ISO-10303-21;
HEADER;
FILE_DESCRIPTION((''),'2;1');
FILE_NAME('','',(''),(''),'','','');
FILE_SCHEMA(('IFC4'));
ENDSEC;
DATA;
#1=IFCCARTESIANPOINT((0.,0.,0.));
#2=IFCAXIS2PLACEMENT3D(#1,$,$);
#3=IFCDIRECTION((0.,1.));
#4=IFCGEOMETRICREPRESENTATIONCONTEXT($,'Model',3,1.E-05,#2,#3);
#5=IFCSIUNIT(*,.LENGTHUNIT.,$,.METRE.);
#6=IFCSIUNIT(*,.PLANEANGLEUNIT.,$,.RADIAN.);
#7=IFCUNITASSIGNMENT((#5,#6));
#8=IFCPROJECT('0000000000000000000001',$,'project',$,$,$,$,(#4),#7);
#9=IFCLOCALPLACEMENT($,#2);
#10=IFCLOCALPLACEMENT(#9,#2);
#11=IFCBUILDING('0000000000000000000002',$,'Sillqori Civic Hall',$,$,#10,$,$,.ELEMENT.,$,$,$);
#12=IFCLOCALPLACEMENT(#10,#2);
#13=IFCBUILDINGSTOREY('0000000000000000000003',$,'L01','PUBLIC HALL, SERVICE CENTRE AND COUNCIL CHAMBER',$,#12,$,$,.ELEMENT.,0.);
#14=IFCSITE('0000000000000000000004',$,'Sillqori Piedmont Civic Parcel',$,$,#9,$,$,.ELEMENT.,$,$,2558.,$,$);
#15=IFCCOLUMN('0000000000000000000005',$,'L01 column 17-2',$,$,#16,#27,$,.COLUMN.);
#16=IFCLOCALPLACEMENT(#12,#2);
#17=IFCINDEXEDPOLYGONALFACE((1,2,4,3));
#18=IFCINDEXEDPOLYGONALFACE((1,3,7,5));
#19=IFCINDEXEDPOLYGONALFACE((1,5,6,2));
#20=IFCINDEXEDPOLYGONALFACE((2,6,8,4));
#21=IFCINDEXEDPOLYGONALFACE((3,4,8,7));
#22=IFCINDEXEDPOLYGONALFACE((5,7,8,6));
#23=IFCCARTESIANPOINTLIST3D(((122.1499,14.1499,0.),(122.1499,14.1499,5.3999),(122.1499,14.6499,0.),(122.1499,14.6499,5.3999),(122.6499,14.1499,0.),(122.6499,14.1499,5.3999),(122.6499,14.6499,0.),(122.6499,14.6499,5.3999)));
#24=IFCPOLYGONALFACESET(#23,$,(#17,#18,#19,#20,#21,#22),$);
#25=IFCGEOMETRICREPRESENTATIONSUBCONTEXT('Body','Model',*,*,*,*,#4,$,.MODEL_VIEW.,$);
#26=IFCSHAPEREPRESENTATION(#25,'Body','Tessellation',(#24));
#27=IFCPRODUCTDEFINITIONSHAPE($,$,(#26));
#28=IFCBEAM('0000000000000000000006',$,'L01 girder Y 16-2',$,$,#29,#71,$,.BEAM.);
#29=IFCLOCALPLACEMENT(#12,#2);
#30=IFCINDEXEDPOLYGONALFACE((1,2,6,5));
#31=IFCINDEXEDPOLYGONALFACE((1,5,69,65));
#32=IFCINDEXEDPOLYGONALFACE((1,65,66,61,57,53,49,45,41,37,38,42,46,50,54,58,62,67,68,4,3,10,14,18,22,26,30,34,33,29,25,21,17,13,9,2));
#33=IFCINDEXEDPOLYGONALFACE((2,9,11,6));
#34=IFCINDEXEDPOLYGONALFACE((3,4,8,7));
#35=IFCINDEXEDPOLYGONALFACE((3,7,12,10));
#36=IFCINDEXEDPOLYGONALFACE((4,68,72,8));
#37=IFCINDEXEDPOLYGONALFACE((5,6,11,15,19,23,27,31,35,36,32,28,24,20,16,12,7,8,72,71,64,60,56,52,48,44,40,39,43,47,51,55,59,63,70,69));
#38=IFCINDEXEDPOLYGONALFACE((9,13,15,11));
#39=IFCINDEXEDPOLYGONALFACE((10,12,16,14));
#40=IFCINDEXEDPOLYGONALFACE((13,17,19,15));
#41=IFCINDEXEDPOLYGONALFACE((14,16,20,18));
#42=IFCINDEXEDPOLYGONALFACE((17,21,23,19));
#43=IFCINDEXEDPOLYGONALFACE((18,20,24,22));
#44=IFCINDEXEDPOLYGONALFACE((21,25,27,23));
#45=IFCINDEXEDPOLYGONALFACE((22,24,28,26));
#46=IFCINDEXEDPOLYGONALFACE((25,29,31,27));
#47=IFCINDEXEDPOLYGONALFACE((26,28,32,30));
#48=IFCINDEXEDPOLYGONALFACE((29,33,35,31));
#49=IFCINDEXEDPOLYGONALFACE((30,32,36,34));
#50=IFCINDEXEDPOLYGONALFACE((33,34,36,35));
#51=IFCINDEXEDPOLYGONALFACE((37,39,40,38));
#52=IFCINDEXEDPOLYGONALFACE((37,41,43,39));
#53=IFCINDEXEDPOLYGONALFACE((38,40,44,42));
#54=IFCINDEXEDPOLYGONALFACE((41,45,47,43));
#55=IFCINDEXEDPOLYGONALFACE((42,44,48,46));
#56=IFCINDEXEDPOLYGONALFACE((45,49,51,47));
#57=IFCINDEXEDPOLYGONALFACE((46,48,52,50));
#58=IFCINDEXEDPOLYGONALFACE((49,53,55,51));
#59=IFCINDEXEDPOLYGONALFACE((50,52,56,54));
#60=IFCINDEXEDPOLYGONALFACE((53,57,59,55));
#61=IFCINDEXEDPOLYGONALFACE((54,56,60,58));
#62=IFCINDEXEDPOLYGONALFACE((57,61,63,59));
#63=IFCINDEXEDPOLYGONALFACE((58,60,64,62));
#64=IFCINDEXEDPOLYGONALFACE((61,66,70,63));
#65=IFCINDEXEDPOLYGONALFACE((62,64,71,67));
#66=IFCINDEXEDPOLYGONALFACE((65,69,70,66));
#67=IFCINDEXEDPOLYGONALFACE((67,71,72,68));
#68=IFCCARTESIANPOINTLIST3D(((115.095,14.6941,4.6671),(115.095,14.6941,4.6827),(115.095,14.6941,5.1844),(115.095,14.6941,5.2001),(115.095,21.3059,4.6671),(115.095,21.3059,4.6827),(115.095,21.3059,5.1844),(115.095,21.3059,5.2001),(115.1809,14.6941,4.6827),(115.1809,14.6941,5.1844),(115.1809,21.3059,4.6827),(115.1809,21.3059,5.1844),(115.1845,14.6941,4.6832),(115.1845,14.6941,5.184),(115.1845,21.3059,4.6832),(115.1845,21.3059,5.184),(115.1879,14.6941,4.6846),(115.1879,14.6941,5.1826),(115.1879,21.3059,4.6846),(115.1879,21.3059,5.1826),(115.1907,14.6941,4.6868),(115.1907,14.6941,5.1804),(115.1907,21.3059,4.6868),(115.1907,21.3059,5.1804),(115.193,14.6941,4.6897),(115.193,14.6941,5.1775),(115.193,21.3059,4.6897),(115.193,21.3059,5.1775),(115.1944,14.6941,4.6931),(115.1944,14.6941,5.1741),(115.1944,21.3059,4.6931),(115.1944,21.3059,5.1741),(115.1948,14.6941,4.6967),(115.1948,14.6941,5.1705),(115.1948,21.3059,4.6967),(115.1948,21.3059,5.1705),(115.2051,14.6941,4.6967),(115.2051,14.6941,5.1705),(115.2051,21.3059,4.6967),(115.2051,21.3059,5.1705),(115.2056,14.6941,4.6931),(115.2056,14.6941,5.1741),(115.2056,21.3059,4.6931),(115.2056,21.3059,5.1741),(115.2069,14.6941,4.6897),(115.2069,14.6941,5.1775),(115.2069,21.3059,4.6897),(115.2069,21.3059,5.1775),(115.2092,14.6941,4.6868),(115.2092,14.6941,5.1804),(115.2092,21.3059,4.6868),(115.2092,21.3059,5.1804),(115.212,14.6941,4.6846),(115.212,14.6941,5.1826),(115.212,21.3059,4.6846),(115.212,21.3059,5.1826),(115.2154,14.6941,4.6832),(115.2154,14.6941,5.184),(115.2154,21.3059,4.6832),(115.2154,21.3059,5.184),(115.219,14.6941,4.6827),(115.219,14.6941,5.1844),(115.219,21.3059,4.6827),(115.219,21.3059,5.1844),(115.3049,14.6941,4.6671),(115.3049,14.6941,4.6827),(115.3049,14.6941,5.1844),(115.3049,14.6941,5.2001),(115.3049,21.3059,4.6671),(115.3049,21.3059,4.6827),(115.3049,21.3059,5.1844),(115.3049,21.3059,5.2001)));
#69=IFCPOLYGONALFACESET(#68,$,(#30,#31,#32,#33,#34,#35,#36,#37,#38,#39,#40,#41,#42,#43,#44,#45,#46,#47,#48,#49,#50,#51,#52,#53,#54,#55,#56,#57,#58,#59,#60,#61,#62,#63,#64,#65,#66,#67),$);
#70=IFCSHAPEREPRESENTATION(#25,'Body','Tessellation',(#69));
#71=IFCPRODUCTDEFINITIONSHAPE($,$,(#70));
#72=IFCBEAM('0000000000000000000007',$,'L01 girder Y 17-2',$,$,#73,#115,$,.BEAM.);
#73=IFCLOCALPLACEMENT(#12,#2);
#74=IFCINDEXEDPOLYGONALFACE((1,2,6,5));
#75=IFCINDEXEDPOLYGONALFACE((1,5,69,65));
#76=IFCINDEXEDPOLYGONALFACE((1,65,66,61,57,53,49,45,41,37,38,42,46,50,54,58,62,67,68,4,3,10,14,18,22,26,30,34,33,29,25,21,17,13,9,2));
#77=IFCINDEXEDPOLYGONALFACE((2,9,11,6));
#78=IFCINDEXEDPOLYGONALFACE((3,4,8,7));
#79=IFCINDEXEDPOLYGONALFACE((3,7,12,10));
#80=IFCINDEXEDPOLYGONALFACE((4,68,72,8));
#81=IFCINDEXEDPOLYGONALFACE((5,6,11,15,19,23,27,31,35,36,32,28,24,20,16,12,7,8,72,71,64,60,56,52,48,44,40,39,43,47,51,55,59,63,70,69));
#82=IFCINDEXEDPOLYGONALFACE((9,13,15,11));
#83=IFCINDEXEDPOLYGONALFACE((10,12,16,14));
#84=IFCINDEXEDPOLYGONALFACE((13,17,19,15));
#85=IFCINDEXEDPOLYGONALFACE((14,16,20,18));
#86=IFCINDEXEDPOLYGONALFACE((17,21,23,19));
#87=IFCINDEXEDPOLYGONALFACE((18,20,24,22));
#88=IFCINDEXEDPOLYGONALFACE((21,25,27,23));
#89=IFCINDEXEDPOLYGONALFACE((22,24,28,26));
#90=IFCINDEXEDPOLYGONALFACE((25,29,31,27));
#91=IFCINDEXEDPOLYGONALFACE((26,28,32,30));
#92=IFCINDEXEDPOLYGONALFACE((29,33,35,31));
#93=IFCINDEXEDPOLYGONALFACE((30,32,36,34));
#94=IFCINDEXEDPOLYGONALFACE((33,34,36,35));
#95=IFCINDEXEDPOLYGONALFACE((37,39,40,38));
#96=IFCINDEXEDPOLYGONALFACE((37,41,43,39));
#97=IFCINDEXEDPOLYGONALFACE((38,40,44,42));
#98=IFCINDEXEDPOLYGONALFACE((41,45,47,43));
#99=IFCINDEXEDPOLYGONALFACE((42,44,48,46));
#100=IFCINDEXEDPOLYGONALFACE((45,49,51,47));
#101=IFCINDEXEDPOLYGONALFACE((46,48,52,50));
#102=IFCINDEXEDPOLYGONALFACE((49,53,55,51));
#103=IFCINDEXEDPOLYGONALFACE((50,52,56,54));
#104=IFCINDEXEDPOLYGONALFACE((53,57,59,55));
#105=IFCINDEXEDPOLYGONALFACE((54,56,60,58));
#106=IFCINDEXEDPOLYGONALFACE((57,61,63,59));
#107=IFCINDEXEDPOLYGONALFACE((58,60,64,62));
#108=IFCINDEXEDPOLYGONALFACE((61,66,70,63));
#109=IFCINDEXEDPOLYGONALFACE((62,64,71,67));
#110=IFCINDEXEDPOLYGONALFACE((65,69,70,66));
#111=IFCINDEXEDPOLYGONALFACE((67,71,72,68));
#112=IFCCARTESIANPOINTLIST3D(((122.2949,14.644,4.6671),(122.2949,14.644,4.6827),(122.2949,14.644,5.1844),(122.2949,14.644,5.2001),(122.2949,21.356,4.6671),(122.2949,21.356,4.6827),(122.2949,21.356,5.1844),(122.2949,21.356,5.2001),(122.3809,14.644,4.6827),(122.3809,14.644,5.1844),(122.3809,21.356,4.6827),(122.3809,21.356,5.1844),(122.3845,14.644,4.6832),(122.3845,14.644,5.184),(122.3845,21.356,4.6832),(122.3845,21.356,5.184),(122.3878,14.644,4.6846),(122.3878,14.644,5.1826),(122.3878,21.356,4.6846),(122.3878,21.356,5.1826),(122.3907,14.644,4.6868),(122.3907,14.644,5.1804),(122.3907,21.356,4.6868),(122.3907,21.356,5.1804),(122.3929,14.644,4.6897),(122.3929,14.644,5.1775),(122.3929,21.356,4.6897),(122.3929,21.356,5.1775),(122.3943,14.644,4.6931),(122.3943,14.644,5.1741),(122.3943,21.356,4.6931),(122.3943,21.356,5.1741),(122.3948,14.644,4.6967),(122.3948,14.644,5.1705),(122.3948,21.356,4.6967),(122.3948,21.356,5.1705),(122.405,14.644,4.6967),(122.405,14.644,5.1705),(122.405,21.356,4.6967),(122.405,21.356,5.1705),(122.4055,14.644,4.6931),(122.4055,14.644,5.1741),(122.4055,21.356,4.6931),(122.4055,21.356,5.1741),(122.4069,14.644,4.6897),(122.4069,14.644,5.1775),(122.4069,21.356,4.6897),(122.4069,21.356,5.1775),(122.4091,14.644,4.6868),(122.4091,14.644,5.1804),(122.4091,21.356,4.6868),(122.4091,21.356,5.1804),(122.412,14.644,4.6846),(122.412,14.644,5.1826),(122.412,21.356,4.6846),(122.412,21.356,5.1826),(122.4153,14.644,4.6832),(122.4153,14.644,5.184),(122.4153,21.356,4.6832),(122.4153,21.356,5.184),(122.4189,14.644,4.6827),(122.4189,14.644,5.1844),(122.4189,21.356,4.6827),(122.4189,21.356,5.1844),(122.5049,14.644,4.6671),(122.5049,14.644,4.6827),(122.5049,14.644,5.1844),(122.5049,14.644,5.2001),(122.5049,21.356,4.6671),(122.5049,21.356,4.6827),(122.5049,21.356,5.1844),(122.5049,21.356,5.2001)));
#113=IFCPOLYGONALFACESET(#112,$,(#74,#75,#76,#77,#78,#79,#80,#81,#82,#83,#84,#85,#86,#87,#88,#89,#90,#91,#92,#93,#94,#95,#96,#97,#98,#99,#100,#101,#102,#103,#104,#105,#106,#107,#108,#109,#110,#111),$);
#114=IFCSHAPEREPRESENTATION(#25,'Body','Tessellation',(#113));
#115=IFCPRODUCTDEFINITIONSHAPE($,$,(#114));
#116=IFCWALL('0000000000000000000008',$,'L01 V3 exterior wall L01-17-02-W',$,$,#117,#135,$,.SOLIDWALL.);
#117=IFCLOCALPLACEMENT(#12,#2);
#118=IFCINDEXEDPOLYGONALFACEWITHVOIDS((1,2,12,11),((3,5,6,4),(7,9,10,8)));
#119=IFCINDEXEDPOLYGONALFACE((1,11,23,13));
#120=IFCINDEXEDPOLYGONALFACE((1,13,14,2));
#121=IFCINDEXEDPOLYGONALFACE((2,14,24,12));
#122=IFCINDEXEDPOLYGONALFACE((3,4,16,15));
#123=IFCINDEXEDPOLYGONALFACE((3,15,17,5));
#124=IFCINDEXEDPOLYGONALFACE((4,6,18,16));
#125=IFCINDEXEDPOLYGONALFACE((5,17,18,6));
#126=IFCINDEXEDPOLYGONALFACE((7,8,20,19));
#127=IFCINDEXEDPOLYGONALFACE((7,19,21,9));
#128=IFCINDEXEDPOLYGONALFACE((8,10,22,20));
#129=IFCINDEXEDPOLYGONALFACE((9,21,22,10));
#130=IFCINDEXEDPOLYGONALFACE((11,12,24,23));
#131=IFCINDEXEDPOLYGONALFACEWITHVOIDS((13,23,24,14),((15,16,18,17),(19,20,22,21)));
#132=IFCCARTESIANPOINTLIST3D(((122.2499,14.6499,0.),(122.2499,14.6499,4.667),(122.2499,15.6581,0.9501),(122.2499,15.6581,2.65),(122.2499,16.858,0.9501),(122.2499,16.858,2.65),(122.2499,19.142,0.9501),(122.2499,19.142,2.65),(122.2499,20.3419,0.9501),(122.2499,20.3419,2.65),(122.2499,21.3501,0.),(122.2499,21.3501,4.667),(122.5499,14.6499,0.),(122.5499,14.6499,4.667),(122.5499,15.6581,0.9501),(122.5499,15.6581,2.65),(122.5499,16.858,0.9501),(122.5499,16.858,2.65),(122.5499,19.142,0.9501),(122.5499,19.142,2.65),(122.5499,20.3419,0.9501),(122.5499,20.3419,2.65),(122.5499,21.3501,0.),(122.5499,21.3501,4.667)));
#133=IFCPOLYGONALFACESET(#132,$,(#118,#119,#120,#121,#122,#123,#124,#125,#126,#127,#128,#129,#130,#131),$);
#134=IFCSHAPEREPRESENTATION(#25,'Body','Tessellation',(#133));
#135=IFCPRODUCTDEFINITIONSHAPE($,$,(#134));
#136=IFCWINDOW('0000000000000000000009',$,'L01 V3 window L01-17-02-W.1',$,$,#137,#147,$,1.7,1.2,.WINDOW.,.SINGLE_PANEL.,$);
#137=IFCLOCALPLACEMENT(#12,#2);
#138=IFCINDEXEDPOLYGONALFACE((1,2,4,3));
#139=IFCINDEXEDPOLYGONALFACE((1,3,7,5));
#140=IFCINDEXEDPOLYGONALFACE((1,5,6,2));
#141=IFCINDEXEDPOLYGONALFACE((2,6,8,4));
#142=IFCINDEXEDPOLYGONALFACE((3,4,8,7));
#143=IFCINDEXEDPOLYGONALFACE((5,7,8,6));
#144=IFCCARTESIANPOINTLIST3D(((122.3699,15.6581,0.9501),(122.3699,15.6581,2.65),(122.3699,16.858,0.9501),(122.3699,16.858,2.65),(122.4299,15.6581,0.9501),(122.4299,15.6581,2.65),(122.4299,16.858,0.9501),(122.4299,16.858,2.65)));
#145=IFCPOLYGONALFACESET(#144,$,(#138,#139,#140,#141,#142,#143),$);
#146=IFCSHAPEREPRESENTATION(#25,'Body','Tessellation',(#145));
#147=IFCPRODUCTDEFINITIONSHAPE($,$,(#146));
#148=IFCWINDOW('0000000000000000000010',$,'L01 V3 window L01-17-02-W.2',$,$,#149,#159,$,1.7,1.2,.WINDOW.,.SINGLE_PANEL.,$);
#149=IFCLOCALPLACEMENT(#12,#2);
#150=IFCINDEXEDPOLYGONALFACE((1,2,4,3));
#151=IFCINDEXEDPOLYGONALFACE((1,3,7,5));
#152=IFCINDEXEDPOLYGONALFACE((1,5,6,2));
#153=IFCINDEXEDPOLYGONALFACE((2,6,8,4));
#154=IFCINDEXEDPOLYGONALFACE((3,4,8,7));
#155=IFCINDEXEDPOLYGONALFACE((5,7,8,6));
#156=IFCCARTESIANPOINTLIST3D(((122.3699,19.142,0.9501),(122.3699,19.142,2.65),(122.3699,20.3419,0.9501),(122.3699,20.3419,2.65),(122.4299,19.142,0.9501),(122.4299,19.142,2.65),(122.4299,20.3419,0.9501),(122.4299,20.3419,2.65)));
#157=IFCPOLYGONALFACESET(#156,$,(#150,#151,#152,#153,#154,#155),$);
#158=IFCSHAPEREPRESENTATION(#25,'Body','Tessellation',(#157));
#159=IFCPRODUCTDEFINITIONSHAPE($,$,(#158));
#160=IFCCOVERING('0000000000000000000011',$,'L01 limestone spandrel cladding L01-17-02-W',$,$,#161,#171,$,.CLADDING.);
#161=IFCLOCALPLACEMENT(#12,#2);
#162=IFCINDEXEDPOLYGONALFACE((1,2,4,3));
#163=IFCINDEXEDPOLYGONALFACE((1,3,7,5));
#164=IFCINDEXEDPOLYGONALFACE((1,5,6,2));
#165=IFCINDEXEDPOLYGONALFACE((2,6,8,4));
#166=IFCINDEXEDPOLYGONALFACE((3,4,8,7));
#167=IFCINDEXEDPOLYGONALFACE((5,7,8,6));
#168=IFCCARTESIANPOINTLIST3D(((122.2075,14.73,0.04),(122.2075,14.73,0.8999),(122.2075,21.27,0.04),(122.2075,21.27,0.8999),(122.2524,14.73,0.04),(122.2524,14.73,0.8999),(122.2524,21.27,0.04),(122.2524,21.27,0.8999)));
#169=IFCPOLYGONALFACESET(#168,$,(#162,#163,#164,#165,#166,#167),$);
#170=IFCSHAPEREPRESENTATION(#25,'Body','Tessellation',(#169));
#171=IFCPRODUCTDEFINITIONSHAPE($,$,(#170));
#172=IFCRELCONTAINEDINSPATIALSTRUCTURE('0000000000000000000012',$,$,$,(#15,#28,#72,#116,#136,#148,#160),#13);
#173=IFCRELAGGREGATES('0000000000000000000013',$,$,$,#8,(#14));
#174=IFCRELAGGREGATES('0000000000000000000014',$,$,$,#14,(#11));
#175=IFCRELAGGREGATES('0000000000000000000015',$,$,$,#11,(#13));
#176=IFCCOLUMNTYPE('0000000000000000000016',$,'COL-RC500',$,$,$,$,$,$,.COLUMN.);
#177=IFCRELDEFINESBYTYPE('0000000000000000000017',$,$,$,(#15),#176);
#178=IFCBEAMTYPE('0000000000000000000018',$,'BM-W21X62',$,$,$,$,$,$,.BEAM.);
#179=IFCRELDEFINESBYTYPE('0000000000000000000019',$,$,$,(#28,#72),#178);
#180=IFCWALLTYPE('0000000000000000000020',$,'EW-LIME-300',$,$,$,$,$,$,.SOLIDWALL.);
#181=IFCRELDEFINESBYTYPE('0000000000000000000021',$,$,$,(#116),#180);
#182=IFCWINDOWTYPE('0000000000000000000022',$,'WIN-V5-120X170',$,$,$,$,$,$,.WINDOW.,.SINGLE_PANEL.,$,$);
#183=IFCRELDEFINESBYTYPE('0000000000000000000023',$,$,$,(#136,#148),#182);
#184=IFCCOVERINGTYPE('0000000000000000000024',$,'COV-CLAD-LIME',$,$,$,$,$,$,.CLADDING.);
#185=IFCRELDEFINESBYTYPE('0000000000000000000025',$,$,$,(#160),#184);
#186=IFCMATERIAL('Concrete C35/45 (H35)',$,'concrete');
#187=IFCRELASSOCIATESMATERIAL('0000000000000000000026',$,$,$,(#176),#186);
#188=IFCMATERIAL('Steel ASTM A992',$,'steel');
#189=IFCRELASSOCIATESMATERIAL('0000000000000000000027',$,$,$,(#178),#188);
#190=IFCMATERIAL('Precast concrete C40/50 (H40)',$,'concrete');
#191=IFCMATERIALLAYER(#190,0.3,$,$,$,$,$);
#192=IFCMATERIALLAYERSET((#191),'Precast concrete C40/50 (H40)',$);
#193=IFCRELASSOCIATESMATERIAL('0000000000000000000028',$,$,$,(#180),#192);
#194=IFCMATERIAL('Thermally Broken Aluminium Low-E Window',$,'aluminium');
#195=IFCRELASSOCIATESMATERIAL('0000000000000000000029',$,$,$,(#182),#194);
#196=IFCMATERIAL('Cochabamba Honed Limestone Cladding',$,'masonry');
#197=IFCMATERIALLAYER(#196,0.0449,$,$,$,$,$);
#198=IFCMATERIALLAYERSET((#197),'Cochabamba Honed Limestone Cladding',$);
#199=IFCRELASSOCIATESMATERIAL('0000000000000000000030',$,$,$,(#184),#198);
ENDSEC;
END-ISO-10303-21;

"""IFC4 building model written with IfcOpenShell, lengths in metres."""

from ifc_helpers import new_model, si_unit, direction, frame, frame_2d, origin, origin_2d, place, context, subcontext, project, spatial, rectangle, i_section, extrude, material, layer, layer_set, material_profile, profile_set, type_object, element, fill, save


model = new_model("IFC4")

# Units and contexts
model_context = context("Model", 3, precision=1e-05, world=origin(), true_north=direction((0.0, 1.0)))
body_context = subcontext(model_context, "Body", "Model", "MODEL_VIEW")
ifc_project = project(units=[si_unit("LENGTHUNIT", "METRE"), si_unit("PLANEANGLEUNIT", "RADIAN")], contexts=[model_context])

# Site, building, storey
site_placement = place(None, origin())
site = spatial("IfcSite", under=ifc_project, at=site_placement, Name="Sillqori Piedmont Civic Parcel", CompositionType="ELEMENT", RefElevation=2558.0)
building_placement = place(site_placement, origin())
building = spatial("IfcBuilding", under=site, at=building_placement, Name="Sillqori Civic Hall", CompositionType="ELEMENT")
storey_placement = place(building_placement, origin())
storey = spatial("IfcBuildingStorey", under=building, at=storey_placement, Name="L01", Description="PUBLIC HALL, SERVICE CENTRE AND COUNCIL CHAMBER", CompositionType="ELEMENT", Elevation=0.0)

# Column
ifc_material_1 = material(Name="Concrete C35/45 (H35)", Category="concrete")
ifc_material_profile_1 = material_profile(ifc_material_1, rectangle(XDim=0.5, YDim=0.5, at=origin_2d()), Name="RC 500x500")
ifc_profile_set_1 = profile_set([ifc_material_profile_1], Name="Concrete C35/45 (H35)")
column_type = type_object("IfcColumnType", Name="COL-RC500", PredefinedType="COLUMN", material=ifc_profile_set_1)
column_placement = place(storey_placement, frame((122.3999, 14.3999, 0.0), z_axis=(0.0, 0.0, 1.0), x_axis=(1.0, 0.0, 0.0)))
element("IfcColumn", 1, at=column_placement, inside=storey, type_object=column_type, Name="L01 column 17-2", PredefinedType="COLUMN", context=body_context, shape_type="SweptSolid", body=[
    extrude(rectangle(XDim=0.5, YDim=0.5, at=origin_2d()), origin(), (0.0, 0.0, 1.0), 5.3999),
])

# Beams
ifc_material_2 = material(Name="Steel ASTM A992", Category="steel")
ifc_material_profile_2 = material_profile(ifc_material_2, i_section(OverallWidth=0.21, OverallDepth=0.533, WebThickness=0.0103, FlangeThickness=0.0156, FilletRadius=0.0139, at=origin_2d()), Name="W21X62")
ifc_profile_set_2 = profile_set([ifc_material_profile_2], Name="Steel ASTM A992")
beam_type = type_object("IfcBeamType", Name="BM-W21X62", PredefinedType="BEAM", material=ifc_profile_set_2)
beam_1_placement = place(storey_placement, frame((115.2, 14.6941, 4.9336), z_axis=(0.0, 1.0, 0.0), x_axis=(-1.0, 0.0, 0.0)))
element("IfcBeam", 2, at=beam_1_placement, inside=storey, type_object=beam_type, Name="L01 girder Y 16-2", PredefinedType="BEAM", context=body_context, shape_type="SweptSolid", body=[
    extrude(i_section(OverallWidth=0.21, OverallDepth=0.533, WebThickness=0.0103, FlangeThickness=0.0156, FilletRadius=0.0139, at=origin_2d()), origin(), (0.0, 0.0, 1.0), 6.6118),
])
beam_2_placement = place(storey_placement, frame((122.3999, 14.644, 4.9336), z_axis=(0.0, 1.0, 0.0), x_axis=(-1.0, 0.0, 0.0)))
element("IfcBeam", 3, at=beam_2_placement, inside=storey, type_object=beam_type, Name="L01 girder Y 17-2", PredefinedType="BEAM", context=body_context, shape_type="SweptSolid", body=[
    extrude(i_section(OverallWidth=0.21, OverallDepth=0.533, WebThickness=0.0103, FlangeThickness=0.0156, FilletRadius=0.0139, at=origin_2d()), origin(), (0.0, 0.0, 1.0), 6.7119),
])

# Wall, openings, windows
ifc_material_3 = material(Name="Precast concrete C40/50 (H40)", Category="concrete")
ifc_layer_1 = layer(ifc_material_3, 0.3)
ifc_layer_set_1 = layer_set([ifc_layer_1], Name="Precast concrete C40/50 (H40)")
wall_type = type_object("IfcWallType", Name="EW-LIME-300", PredefinedType="SOLIDWALL", material=ifc_layer_set_1)
wall_placement = place(storey_placement, frame((122.3999, 14.6499, 0.0), z_axis=(0.0, 0.0, 1.0), x_axis=(0.0, 1.0, 0.0)))
wall = element("IfcWall", 4, at=wall_placement, inside=storey, type_object=wall_type, Name="L01 V3 exterior wall L01-17-02-W", PredefinedType="SOLIDWALL", context=body_context, shape_type="SweptSolid", body=[
    extrude(rectangle(XDim=6.7002, YDim=0.3, at=frame_2d((3.3501, 0.0))), origin(), (0.0, 0.0, 1.0), 4.667),
])
opening_1_placement = place(wall_placement, frame((1.0081, 0.0, 0.95)))
opening_1 = element("IfcOpeningElement", 5, at=opening_1_placement, cuts=wall, PredefinedType="OPENING", context=body_context, shape_type="SweptSolid", body=[
    extrude(rectangle(XDim=1.2, YDim=1.7, at=frame_2d((0.6001, 0.8501))), frame((0.0, 0.1599, 0.0), z_axis=(0.0, -1.0, 0.0), x_axis=(1.0, 0.0, 0.0)), (0.0, 0.0, 1.0), 0.3201),
])
opening_2_placement = place(wall_placement, frame((4.4919, 0.0, 0.95)))
opening_2 = element("IfcOpeningElement", 6, at=opening_2_placement, cuts=wall, PredefinedType="OPENING", context=body_context, shape_type="SweptSolid", body=[
    extrude(rectangle(XDim=1.2, YDim=1.7, at=frame_2d((0.6001, 0.8501))), frame((0.0, 0.1599, 0.0), z_axis=(0.0, -1.0, 0.0), x_axis=(1.0, 0.0, 0.0)), (0.0, 0.0, 1.0), 0.3201),
])
ifc_material_4 = material(Name="Thermally Broken Aluminium Low-E Window", Category="aluminium")
window_type = type_object("IfcWindowType", Name="WIN-V5-120X170", PartitioningType="SINGLE_PANEL", PredefinedType="WINDOW", material=ifc_material_4)
window_1_placement = place(opening_1_placement, origin())
window_1 = element("IfcWindow", 7, at=window_1_placement, inside=storey, type_object=window_type, Name="L01 V3 window L01-17-02-W.1", OverallHeight=1.7, OverallWidth=1.2, PartitioningType="SINGLE_PANEL", PredefinedType="WINDOW", context=body_context, shape_type="SweptSolid", body=[
    extrude(rectangle(XDim=1.2, YDim=1.7, at=frame_2d((0.6001, 0.8501))), frame((0.0, 0.03, 0.0), z_axis=(0.0, -1.0, 0.0), x_axis=(1.0, 0.0, 0.0)), (0.0, 0.0, 1.0), 0.0601),
])
fill(opening_1, window_1)
window_2_placement = place(opening_2_placement, origin())
window_2 = element("IfcWindow", 8, at=window_2_placement, inside=storey, type_object=window_type, Name="L01 V3 window L01-17-02-W.2", OverallHeight=1.7, OverallWidth=1.2, PartitioningType="SINGLE_PANEL", PredefinedType="WINDOW", context=body_context, shape_type="SweptSolid", body=[
    extrude(rectangle(XDim=1.2, YDim=1.7, at=frame_2d((0.6001, 0.8501))), frame((0.0, 0.03, 0.0), z_axis=(0.0, -1.0, 0.0), x_axis=(1.0, 0.0, 0.0)), (0.0, 0.0, 1.0), 0.0601),
])
fill(opening_2, window_2)

# Covering
ifc_material_5 = material(Name="Cochabamba Honed Limestone Cladding", Category="masonry")
ifc_layer_2 = layer(ifc_material_5, 0.0449)
ifc_layer_set_2 = layer_set([ifc_layer_2], Name="Cochabamba Honed Limestone Cladding")
covering_type = type_object("IfcCoveringType", Name="COV-CLAD-LIME", PredefinedType="CLADDING", material=ifc_layer_set_2)
covering_1_placement = place(storey_placement, frame((122.23, 14.73, 0.04), z_axis=(0.0, 0.0, 1.0), x_axis=(0.0, 1.0, 0.0)))
element("IfcCovering", 9, at=covering_1_placement, inside=storey, type_object=covering_type, Name="L01 limestone spandrel cladding L01-17-02-W", PredefinedType="CLADDING", context=body_context, shape_type="SweptSolid", body=[
    extrude(rectangle(XDim=6.54, YDim=0.0449, at=frame_2d((3.27, 0.0))), origin(), (0.0, 0.0, 1.0), 0.8599),
])

save(model, "model.ifc")
